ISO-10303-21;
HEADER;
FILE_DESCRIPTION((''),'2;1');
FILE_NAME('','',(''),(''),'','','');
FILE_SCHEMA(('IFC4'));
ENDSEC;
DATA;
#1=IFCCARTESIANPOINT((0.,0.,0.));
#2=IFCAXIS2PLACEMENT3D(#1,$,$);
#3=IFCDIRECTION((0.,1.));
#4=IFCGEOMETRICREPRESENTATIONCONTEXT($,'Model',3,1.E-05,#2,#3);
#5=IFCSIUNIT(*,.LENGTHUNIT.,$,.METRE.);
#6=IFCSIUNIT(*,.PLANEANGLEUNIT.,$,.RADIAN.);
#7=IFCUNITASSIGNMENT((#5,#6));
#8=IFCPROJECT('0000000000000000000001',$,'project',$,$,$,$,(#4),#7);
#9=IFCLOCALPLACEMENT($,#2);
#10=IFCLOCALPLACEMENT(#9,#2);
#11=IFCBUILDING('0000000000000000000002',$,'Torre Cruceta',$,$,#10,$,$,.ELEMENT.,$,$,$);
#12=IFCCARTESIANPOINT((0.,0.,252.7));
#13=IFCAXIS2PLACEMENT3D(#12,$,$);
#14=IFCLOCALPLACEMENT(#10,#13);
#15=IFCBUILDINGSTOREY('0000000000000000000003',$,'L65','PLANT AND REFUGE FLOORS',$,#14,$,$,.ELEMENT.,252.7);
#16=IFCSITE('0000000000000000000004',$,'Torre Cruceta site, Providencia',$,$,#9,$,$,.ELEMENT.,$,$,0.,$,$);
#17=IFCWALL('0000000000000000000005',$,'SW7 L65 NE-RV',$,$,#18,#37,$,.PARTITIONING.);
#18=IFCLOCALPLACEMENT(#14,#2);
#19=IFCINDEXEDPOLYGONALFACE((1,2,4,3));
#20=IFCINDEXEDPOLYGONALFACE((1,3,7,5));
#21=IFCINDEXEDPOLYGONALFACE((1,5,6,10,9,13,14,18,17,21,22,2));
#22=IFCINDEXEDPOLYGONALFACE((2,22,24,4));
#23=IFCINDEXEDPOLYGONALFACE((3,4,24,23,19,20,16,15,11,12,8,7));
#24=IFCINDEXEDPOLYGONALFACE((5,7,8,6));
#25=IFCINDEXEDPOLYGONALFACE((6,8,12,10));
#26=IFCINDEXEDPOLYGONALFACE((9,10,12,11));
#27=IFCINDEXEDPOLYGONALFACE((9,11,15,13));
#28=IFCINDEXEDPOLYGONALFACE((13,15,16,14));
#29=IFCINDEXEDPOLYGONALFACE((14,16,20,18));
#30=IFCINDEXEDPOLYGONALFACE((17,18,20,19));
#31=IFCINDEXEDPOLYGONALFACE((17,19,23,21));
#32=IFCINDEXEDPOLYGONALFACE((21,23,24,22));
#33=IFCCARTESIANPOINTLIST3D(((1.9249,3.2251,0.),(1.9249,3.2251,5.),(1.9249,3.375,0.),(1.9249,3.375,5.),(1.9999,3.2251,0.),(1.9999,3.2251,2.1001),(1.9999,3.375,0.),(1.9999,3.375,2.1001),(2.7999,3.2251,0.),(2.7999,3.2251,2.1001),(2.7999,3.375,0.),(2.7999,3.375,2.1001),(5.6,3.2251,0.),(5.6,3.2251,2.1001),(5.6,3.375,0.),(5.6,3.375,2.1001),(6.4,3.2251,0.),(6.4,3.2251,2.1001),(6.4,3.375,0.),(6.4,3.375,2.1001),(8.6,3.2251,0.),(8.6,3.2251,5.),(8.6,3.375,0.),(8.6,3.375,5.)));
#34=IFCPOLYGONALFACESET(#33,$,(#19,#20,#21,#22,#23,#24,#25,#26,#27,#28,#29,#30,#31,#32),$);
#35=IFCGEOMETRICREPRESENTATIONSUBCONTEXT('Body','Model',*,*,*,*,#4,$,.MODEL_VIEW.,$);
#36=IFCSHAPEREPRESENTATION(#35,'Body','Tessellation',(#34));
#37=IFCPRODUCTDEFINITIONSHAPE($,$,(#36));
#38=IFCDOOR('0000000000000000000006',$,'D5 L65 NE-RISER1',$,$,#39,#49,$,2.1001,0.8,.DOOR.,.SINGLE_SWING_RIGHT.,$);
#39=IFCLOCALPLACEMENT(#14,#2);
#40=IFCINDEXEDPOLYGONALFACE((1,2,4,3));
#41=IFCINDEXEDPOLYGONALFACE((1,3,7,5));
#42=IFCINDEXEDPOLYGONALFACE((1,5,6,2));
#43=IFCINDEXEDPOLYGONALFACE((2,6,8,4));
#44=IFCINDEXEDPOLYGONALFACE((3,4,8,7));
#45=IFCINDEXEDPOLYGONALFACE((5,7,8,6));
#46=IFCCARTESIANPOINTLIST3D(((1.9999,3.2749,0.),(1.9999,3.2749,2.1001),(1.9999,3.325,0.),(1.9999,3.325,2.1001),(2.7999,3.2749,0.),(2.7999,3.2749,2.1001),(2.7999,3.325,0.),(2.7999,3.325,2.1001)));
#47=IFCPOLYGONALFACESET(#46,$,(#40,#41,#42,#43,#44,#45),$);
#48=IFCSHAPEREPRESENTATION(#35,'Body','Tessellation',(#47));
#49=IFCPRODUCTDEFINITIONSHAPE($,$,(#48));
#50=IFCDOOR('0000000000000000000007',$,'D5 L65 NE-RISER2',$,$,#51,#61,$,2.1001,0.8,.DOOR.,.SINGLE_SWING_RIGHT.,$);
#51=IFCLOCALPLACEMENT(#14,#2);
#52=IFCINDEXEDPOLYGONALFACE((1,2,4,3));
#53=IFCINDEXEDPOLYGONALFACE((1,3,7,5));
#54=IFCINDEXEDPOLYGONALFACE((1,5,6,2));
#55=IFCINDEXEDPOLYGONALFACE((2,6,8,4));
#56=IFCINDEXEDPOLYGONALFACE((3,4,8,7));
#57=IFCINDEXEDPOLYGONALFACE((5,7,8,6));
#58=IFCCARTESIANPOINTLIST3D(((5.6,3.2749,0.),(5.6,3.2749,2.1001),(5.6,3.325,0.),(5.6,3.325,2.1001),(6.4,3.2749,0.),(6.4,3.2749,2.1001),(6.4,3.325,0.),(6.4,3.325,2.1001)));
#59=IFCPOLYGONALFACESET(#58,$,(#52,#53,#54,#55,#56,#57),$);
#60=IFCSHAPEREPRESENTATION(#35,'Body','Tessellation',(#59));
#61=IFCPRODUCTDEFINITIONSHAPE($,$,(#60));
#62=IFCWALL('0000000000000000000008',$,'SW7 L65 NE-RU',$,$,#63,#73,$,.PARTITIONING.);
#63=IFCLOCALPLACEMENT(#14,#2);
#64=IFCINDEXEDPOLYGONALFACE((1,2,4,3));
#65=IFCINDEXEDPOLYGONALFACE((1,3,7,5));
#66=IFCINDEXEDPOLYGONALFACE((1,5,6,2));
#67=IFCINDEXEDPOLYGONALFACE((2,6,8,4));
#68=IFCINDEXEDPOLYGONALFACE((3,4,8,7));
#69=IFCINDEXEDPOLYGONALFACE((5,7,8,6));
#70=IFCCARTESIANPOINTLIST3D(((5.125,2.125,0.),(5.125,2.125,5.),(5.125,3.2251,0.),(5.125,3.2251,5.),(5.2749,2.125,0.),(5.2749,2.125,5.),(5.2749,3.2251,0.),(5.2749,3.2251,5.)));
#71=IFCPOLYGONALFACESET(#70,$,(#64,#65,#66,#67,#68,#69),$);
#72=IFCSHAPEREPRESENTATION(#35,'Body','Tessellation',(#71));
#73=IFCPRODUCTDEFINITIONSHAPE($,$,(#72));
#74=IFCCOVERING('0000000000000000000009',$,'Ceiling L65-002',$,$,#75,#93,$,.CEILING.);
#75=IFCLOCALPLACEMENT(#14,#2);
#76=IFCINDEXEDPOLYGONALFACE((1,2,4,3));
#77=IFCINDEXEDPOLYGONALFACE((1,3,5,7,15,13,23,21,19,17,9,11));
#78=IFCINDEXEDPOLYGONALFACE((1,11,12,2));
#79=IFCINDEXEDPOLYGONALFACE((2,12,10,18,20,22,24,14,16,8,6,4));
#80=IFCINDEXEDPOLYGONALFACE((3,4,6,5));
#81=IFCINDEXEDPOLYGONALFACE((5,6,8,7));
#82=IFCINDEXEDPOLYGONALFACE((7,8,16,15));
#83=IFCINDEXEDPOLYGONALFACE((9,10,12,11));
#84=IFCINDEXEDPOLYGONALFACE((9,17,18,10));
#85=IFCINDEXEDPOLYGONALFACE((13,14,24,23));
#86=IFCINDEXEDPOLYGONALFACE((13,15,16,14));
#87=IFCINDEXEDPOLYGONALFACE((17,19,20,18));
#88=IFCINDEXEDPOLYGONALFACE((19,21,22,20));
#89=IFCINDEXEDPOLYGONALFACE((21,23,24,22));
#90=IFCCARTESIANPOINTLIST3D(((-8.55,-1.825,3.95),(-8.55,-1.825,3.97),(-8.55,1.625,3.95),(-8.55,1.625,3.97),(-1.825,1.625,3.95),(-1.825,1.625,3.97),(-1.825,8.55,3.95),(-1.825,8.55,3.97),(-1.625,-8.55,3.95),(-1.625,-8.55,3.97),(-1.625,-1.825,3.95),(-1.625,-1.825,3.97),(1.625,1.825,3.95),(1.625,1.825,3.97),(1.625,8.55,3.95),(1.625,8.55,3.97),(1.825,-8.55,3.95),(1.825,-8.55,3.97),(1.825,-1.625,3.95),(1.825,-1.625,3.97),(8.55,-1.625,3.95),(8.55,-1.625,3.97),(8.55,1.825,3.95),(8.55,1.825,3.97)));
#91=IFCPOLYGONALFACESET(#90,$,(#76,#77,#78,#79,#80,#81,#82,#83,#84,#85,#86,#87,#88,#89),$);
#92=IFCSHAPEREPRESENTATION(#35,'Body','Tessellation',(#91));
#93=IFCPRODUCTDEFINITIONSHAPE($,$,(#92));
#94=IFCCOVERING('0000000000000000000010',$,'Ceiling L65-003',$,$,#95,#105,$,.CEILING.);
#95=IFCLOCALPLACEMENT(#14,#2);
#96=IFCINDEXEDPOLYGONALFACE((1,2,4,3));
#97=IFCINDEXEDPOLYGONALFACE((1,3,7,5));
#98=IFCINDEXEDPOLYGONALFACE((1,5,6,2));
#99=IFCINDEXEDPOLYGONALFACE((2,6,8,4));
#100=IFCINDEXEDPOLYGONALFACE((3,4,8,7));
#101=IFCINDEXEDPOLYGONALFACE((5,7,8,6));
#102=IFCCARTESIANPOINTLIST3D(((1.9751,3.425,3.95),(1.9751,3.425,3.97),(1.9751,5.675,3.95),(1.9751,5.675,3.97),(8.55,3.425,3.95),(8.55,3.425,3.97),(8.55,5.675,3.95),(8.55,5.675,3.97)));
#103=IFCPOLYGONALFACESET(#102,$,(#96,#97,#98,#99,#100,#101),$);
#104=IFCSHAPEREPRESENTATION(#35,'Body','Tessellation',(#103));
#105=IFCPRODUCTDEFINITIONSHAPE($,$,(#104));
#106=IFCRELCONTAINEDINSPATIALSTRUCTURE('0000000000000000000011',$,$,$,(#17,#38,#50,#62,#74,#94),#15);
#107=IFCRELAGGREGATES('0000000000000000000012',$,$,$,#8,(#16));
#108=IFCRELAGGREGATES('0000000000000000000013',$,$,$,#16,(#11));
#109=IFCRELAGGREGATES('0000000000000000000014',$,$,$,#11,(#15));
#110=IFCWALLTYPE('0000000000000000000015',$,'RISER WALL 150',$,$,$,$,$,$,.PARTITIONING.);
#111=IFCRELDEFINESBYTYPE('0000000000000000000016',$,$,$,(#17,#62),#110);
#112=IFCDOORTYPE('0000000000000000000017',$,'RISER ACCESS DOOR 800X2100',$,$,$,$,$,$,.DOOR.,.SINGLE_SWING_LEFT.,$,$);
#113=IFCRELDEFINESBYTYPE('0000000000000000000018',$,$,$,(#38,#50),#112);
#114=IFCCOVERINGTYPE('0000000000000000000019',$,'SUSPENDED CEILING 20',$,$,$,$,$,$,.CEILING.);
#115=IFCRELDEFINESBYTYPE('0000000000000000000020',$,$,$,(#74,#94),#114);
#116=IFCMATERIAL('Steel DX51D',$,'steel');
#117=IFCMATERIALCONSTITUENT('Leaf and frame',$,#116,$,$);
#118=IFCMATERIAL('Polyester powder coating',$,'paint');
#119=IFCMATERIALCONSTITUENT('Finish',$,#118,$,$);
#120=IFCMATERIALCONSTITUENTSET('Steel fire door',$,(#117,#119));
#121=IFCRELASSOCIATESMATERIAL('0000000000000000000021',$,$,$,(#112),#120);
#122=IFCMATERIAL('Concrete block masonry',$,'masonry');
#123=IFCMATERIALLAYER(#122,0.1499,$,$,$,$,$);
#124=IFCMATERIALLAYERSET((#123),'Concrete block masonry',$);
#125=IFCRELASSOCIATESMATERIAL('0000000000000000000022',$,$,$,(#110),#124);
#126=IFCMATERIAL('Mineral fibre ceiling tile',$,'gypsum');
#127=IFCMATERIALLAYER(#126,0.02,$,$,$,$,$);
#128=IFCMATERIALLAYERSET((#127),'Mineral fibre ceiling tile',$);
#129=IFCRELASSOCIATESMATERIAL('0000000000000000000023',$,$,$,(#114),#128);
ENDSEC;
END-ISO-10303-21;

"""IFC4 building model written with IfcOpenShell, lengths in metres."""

from ifc_helpers import new_model, si_unit, direction, frame, frame_2d, origin, place, context, subcontext, project, spatial, polyline, rectangle, outline, extrude, material, layer, layer_set, constituent, constituent_set, type_object, element, fill, save


model = new_model("IFC4")

# Units and contexts
model_context = context("Model", 3, precision=1e-05, world=origin(), true_north=direction((0.0, 1.0)))
body_context = subcontext(model_context, "Body", "Model", "MODEL_VIEW")
ifc_project = project(units=[si_unit("LENGTHUNIT", "METRE"), si_unit("PLANEANGLEUNIT", "RADIAN")], contexts=[model_context])

# Site, building, storey
site_placement = place(None, origin())
site = spatial("IfcSite", under=ifc_project, at=site_placement, Name="Torre Cruceta site, Providencia", CompositionType="ELEMENT", RefElevation=0.0)
building_placement = place(site_placement, origin())
building = spatial("IfcBuilding", under=site, at=building_placement, Name="Torre Cruceta", CompositionType="ELEMENT")
storey_placement = place(building_placement, frame((0.0, 0.0, 252.7)))
storey = spatial("IfcBuildingStorey", under=building, at=storey_placement, Name="L65", Description="PLANT AND REFUGE FLOORS", CompositionType="ELEMENT", Elevation=252.7)

# Shared definitions
ifc_material_1 = material(Name="Steel DX51D", Category="steel")
ifc_constituent_1 = constituent(ifc_material_1, Name="Leaf and frame")
ifc_material_2 = material(Name="Polyester powder coating", Category="paint")
ifc_constituent_2 = constituent(ifc_material_2, Name="Finish")
ifc_constituent_set_1 = constituent_set(constituents=[ifc_constituent_1, ifc_constituent_2], Name="Steel fire door")
door_type_1 = type_object("IfcDoorType", Name="RISER ACCESS DOOR 800X2100", OperationType="SINGLE_SWING_LEFT", PredefinedType="DOOR", material=ifc_constituent_set_1)

# Wall, openings, doors
ifc_material_3 = material(Name="Concrete block masonry", Category="masonry")
ifc_layer_1 = layer(ifc_material_3, 0.1499)
ifc_layer_set_1 = layer_set([ifc_layer_1], Name="Concrete block masonry")
wall_type_1 = type_object("IfcWallType", Name="RISER WALL 150", PredefinedType="PARTITIONING", material=ifc_layer_set_1)
wall_1_placement = place(storey_placement, frame((1.925, 3.3, 0.0), z_axis=(0.0, 0.0, 1.0), x_axis=(1.0, 0.0, 0.0)))
wall_1 = element("IfcWall", 1, at=wall_1_placement, inside=storey, type_object=wall_type_1, Name="SW7 L65 NE-RV", PredefinedType="PARTITIONING", context=body_context, shape_type="SweptSolid", body=[
    extrude(rectangle(XDim=6.675, YDim=0.1499, at=frame_2d((3.3374, 0.0))), origin(), (0.0, 0.0, 1.0), 5.0),
])
opening_1_placement = place(wall_1_placement, frame((0.075, 0.0, 0.0)))
opening_1 = element("IfcOpeningElement", 2, at=opening_1_placement, cuts=wall_1, PredefinedType="OPENING", context=body_context, shape_type="SweptSolid", body=[
    extrude(rectangle(XDim=0.8, YDim=2.1001, at=frame_2d((0.3999, 1.05))), frame((0.0, 0.085, 0.0), z_axis=(0.0, -1.0, 0.0), x_axis=(1.0, 0.0, 0.0)), (0.0, 0.0, 1.0), 0.1699),
])
opening_2_placement = place(wall_1_placement, frame((3.675, 0.0, 0.0)))
opening_2 = element("IfcOpeningElement", 3, at=opening_2_placement, cuts=wall_1, PredefinedType="OPENING", context=body_context, shape_type="SweptSolid", body=[
    extrude(rectangle(XDim=0.8, YDim=2.1001, at=frame_2d((0.3999, 1.05))), frame((0.0, 0.085, 0.0), z_axis=(0.0, -1.0, 0.0), x_axis=(1.0, 0.0, 0.0)), (0.0, 0.0, 1.0), 0.1699),
])
door_1_placement = place(opening_1_placement, frame((0.8, 0.0, 0.0), z_axis=(0.0, 0.0, 1.0), x_axis=(-1.0, 0.0, 0.0)))
door_1 = element("IfcDoor", 4, at=door_1_placement, inside=storey, type_object=door_type_1, Name="D5 L65 NE-RISER1", OperationType="SINGLE_SWING_RIGHT", OverallHeight=2.1001, OverallWidth=0.8, PredefinedType="DOOR", context=body_context, shape_type="SweptSolid", body=[
    extrude(rectangle(XDim=0.8, YDim=2.1001, at=frame_2d((0.4001, 1.05))), frame((0.0, 0.0251, 0.0), z_axis=(0.0, -1.0, 0.0), x_axis=(1.0, 0.0, 0.0)), (0.0, 0.0, 1.0), 0.05),
])
fill(opening_1, door_1)
door_2_placement = place(opening_2_placement, frame((0.8, 0.0, 0.0), z_axis=(0.0, 0.0, 1.0), x_axis=(-1.0, 0.0, 0.0)))
door_2 = element("IfcDoor", 5, at=door_2_placement, inside=storey, type_object=door_type_1, Name="D5 L65 NE-RISER2", OperationType="SINGLE_SWING_RIGHT", OverallHeight=2.1001, OverallWidth=0.8, PredefinedType="DOOR", context=body_context, shape_type="SweptSolid", body=[
    extrude(rectangle(XDim=0.8, YDim=2.1001, at=frame_2d((0.4001, 1.05))), frame((0.0, 0.0251, 0.0), z_axis=(0.0, -1.0, 0.0), x_axis=(1.0, 0.0, 0.0)), (0.0, 0.0, 1.0), 0.05),
])
fill(opening_2, door_2)

# Wall
wall_2_placement = place(storey_placement, frame((5.2, 2.125, 0.0), z_axis=(0.0, 0.0, 1.0), x_axis=(0.0, 1.0, 0.0)))
element("IfcWall", 6, at=wall_2_placement, inside=storey, type_object=wall_type_1, Name="SW7 L65 NE-RU", PredefinedType="PARTITIONING", context=body_context, shape_type="SweptSolid", body=[
    extrude(rectangle(XDim=1.1001, YDim=0.1499, at=frame_2d((0.55, 0.0))), origin(), (0.0, 0.0, 1.0), 5.0),
])

# Coverings
ifc_material_4 = material(Name="Mineral fibre ceiling tile", Category="gypsum")
ifc_layer_2 = layer(ifc_material_4, 0.02)
ifc_layer_set_2 = layer_set([ifc_layer_2], Name="Mineral fibre ceiling tile")
covering_type = type_object("IfcCoveringType", Name="SUSPENDED CEILING 20", PredefinedType="CEILING", material=ifc_layer_set_2)
covering_1_placement = place(storey_placement, frame((0.0, 0.0, 3.95)))
element("IfcCovering", 7, at=covering_1_placement, inside=storey, type_object=covering_type, Name="Ceiling L65-002", PredefinedType="CEILING", context=body_context, shape_type="SweptSolid", body=[
    extrude(outline(polyline([(-1.625, -8.55), (-1.625, -1.825), (-8.55, -1.825), (-8.55, 1.625), (-1.825, 1.625), (-1.825, 8.55), (1.625, 8.55), (1.625, 1.825), (8.55, 1.825), (8.55, -1.625), (1.825, -1.625), (1.825, -8.55), (-1.625, -8.55)])), origin(), (0.0, 0.0, 1.0), 0.02),
])
covering_2_placement = place(storey_placement, frame((0.0, 0.0, 3.95)))
element("IfcCovering", 8, at=covering_2_placement, inside=storey, type_object=covering_type, Name="Ceiling L65-003", PredefinedType="CEILING", context=body_context, shape_type="SweptSolid", body=[
    extrude(outline(polyline([(1.9751, 3.425), (1.9751, 5.675), (8.55, 5.675), (8.55, 3.425), (1.9751, 3.425)])), origin(), (0.0, 0.0, 1.0), 0.02),
])

save(model, "model.ifc")
